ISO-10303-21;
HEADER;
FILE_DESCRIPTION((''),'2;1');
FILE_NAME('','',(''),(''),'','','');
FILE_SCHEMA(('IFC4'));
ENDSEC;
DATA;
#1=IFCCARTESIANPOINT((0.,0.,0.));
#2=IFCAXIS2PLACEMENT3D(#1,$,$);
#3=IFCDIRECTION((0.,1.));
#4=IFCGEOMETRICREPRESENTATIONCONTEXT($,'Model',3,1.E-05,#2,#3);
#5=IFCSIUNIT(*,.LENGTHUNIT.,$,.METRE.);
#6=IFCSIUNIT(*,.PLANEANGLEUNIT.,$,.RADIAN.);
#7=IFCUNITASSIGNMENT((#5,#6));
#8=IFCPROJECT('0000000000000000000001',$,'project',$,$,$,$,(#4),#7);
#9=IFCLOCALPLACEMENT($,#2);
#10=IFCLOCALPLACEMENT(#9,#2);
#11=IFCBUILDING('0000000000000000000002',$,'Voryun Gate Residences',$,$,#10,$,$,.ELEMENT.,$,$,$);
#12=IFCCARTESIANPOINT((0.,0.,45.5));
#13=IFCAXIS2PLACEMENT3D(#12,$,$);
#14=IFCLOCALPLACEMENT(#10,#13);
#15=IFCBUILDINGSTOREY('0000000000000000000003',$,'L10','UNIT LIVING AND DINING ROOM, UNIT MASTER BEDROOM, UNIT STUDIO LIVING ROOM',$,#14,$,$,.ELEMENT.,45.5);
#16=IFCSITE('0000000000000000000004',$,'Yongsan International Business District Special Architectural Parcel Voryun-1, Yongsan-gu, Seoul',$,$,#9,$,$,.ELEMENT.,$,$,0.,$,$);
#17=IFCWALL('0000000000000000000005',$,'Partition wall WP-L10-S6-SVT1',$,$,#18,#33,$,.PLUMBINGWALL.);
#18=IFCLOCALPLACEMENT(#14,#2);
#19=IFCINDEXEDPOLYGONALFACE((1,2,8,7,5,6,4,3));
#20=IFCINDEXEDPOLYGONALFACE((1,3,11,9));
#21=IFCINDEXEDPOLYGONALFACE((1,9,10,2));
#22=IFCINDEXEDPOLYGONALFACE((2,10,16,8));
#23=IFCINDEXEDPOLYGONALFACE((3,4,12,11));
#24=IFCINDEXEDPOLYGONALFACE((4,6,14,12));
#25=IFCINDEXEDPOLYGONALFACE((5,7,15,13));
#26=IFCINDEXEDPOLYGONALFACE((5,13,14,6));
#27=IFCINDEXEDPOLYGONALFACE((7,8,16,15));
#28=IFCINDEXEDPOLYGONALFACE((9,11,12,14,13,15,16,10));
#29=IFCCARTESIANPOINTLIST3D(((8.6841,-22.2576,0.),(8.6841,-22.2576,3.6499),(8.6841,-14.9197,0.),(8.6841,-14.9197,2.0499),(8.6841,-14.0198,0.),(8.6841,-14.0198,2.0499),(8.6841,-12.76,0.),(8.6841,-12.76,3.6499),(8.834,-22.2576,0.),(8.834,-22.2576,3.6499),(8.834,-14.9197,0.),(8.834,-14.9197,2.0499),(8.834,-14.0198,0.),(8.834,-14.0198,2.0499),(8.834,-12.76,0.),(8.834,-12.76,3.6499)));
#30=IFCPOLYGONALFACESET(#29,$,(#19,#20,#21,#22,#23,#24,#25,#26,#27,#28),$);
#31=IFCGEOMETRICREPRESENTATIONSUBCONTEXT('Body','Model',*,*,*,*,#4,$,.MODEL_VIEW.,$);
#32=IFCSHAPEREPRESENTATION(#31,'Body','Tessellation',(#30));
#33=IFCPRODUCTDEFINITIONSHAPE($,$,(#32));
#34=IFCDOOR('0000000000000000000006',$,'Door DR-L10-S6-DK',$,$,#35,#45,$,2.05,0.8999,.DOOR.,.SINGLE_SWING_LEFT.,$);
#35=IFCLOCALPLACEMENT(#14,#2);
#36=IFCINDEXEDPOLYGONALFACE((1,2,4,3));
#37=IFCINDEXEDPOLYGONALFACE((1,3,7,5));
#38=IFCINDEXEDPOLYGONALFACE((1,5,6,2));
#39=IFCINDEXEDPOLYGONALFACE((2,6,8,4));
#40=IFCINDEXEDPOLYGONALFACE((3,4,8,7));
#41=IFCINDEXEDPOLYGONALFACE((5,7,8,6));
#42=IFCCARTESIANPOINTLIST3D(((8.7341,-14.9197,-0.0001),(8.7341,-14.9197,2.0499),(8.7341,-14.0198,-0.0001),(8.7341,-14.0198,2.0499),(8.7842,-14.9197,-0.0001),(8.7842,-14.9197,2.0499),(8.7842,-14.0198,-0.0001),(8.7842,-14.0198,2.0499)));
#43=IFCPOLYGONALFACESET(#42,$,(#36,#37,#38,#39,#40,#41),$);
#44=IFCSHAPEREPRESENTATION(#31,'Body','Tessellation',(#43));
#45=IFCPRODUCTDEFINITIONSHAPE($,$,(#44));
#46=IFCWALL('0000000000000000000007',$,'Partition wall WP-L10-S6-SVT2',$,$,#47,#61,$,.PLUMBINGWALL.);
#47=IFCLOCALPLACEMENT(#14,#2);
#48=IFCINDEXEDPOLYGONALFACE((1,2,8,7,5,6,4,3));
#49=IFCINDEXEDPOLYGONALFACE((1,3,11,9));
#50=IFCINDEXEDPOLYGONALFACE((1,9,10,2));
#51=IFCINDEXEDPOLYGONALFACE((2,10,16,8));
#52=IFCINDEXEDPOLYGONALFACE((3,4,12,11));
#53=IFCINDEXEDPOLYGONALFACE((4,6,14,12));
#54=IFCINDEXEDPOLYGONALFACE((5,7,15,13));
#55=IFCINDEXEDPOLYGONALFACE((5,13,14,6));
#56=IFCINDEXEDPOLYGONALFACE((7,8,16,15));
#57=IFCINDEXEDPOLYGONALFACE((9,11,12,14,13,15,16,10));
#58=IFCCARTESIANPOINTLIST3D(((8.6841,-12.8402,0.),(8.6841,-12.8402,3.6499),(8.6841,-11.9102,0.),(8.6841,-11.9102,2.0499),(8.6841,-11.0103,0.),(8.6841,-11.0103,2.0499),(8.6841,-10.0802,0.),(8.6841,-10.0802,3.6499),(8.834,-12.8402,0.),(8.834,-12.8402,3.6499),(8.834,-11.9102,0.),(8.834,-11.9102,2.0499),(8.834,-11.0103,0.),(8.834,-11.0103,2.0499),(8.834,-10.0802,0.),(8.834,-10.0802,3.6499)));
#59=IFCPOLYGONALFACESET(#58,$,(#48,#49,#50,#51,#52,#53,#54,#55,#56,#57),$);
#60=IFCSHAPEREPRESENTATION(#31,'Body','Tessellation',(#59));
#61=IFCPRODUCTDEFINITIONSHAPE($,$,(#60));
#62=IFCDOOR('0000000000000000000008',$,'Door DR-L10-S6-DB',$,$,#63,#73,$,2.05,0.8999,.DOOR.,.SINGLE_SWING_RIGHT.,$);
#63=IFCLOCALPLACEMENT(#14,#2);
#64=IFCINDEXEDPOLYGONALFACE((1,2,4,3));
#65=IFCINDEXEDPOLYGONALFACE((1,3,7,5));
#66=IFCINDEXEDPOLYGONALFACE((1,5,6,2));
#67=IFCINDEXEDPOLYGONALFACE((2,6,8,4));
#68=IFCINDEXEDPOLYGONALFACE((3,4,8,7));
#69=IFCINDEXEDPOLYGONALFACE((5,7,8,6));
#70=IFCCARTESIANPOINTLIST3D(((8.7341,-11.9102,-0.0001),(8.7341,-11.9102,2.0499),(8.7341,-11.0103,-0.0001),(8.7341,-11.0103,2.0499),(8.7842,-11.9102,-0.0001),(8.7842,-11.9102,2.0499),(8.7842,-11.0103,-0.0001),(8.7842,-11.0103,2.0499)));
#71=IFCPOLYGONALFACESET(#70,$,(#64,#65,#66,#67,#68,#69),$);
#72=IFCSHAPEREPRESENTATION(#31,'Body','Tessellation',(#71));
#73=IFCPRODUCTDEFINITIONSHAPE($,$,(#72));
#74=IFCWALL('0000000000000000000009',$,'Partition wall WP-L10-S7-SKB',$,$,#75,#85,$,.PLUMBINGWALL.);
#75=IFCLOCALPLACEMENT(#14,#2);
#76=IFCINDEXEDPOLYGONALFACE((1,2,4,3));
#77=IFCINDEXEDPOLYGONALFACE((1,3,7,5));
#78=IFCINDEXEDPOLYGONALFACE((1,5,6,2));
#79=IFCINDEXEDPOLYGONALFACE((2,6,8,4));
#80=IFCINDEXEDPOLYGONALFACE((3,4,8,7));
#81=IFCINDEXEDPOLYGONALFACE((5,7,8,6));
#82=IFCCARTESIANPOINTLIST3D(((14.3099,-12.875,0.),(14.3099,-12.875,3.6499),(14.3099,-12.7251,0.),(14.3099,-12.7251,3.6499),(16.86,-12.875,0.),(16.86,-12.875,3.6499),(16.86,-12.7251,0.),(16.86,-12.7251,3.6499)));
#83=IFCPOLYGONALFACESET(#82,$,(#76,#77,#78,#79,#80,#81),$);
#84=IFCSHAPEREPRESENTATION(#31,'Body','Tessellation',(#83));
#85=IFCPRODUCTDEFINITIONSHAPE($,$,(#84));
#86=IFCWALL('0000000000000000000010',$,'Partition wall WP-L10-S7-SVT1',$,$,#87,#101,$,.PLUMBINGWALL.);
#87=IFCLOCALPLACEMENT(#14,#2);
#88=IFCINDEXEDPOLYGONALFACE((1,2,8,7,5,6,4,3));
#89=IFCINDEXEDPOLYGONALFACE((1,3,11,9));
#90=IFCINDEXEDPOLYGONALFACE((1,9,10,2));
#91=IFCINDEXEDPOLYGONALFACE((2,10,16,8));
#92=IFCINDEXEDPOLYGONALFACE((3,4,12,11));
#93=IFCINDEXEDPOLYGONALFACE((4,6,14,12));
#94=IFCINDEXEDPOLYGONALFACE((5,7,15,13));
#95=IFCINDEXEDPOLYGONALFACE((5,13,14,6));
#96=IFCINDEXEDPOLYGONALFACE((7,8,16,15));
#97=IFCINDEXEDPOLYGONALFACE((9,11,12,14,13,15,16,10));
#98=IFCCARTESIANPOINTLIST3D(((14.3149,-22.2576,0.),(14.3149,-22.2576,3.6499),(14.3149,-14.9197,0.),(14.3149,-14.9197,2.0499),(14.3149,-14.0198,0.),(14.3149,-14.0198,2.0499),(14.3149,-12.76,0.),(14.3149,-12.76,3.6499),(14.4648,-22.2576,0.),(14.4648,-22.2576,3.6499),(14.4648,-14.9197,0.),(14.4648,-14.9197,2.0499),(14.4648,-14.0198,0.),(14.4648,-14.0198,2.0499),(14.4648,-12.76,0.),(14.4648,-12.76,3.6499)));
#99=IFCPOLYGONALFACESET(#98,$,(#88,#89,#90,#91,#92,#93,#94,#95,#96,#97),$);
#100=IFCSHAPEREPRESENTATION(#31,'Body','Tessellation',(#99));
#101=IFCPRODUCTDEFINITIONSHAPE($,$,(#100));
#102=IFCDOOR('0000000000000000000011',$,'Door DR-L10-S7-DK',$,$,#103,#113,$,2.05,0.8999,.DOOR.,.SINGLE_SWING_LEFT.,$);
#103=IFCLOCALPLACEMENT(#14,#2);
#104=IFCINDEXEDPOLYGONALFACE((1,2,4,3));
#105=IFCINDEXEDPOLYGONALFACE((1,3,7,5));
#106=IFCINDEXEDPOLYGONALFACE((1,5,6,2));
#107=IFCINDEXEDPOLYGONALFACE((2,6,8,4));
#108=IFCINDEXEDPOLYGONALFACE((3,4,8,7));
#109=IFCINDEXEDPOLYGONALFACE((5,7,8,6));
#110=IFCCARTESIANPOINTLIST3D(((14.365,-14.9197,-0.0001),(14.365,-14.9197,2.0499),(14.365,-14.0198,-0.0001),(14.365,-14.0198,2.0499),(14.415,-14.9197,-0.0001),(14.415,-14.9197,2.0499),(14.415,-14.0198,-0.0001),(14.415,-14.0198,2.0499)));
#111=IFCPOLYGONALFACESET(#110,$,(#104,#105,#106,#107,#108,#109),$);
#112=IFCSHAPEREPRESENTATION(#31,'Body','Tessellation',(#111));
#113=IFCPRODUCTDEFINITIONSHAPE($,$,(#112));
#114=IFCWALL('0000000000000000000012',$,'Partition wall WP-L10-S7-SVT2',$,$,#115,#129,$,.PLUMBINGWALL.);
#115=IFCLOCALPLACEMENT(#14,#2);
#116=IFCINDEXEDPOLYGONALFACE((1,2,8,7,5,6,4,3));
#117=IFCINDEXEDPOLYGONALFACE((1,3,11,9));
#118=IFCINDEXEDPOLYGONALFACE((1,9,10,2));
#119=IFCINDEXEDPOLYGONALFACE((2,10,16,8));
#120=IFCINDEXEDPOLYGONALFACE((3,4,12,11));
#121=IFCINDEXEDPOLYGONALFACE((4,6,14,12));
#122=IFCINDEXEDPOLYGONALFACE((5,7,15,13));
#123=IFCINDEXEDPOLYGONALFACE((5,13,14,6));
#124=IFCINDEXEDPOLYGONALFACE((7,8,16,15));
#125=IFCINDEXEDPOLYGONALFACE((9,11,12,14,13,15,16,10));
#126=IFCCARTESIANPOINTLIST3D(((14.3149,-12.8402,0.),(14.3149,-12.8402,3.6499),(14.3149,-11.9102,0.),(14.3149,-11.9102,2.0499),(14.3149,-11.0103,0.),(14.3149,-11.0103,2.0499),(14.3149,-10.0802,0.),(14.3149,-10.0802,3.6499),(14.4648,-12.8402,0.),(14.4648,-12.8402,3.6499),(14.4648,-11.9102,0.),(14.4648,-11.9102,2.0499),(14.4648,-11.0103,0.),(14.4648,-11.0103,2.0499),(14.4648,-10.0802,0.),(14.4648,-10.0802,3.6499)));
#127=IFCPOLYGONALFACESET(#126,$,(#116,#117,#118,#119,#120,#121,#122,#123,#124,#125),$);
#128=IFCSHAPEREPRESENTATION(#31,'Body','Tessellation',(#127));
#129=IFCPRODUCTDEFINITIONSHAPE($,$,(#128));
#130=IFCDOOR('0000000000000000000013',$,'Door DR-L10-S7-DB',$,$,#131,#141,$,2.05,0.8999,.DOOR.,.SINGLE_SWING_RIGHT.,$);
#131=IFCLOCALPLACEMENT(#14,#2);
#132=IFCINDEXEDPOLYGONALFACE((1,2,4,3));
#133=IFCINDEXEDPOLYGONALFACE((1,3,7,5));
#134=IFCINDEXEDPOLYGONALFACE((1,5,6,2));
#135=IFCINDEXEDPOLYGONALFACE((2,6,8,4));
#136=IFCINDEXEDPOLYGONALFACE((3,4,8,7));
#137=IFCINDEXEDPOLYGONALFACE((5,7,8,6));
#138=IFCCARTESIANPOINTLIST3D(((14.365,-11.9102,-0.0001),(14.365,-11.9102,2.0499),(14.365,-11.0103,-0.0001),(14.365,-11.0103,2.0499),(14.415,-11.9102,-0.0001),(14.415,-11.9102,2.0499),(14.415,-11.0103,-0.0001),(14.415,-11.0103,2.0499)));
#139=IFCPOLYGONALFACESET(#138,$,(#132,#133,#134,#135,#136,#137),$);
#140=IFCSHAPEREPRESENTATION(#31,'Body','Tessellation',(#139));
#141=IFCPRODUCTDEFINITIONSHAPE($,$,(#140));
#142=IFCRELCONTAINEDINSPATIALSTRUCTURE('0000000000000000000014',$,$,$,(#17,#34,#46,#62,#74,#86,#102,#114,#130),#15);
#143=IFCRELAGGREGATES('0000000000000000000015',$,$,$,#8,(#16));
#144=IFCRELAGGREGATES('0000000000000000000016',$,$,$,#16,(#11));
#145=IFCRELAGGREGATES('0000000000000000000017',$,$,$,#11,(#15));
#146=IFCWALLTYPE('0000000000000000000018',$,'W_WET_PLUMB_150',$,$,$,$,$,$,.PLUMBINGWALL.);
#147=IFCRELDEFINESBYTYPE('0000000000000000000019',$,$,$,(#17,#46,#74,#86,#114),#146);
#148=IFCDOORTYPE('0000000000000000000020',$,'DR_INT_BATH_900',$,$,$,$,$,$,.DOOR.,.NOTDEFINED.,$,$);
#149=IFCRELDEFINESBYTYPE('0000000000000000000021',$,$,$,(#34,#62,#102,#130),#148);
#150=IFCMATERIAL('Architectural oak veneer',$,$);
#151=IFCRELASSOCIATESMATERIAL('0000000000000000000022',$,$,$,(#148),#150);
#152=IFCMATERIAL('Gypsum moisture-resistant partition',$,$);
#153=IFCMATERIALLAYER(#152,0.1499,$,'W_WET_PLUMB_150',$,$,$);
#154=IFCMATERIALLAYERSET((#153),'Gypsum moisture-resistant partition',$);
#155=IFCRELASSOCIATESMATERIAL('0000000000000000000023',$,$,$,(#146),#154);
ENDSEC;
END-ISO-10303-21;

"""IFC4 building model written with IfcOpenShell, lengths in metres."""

from ifc_helpers import new_model, si_unit, direction, frame, frame_2d, origin, place, context, subcontext, project, spatial, rectangle, extrude, material, layer, layer_set, type_object, element, fill, save


model = new_model("IFC4")

# Units and contexts
model_context = context("Model", 3, precision=1e-05, world=origin(), true_north=direction((0.0, 1.0)))
body_context = subcontext(model_context, "Body", "Model", "MODEL_VIEW")
ifc_project = project(units=[si_unit("LENGTHUNIT", "METRE"), si_unit("PLANEANGLEUNIT", "RADIAN")], contexts=[model_context])

# Site, building, storey
site_placement = place(None, origin())
site = spatial("IfcSite", under=ifc_project, at=site_placement, Name="Yongsan International Business District Special Architectural Parcel Voryun-1, Yongsan-gu, Seoul", CompositionType="ELEMENT", RefElevation=0.0)
building_placement = place(site_placement, origin())
building = spatial("IfcBuilding", under=site, at=building_placement, Name="Voryun Gate Residences", CompositionType="ELEMENT")
storey_placement = place(building_placement, frame((0.0, 0.0, 45.5)))
storey = spatial("IfcBuildingStorey", under=building, at=storey_placement, Name="L10", Description="UNIT LIVING AND DINING ROOM, UNIT MASTER BEDROOM, UNIT STUDIO LIVING ROOM", CompositionType="ELEMENT", Elevation=45.5)

# Shared definitions
ifc_material_1 = material(Name="Architectural oak veneer")
door_type = type_object("IfcDoorType", Name="DR_INT_BATH_900", OperationType="NOTDEFINED", PredefinedType="DOOR", material=ifc_material_1)

# Shared definitions
ifc_material_2 = material(Name="Gypsum moisture-resistant partition")
ifc_layer_1 = layer(ifc_material_2, 0.1499, Name="W_WET_PLUMB_150")
ifc_layer_set_1 = layer_set([ifc_layer_1], Name="Gypsum moisture-resistant partition")
wall_type_1 = type_object("IfcWallType", Name="W_WET_PLUMB_150", PredefinedType="PLUMBINGWALL", material=ifc_layer_set_1)

# Walls, openings, doors
wall_1_placement = place(storey_placement, frame((8.759, -22.2576, 0.0), z_axis=(0.0, 0.0, 1.0), x_axis=(0.0, 1.0, 0.0)))
wall_1 = element("IfcWall", 1, at=wall_1_placement, inside=storey, type_object=wall_type_1, Name="Partition wall WP-L10-S6-SVT1", PredefinedType="PLUMBINGWALL", context=body_context, shape_type="SweptSolid", body=[
    extrude(rectangle(XDim=9.4976, YDim=0.1499, at=frame_2d((4.7488, 0.0))), origin(), (0.0, 0.0, 1.0), 3.6499),
])
opening_1_placement = place(wall_1_placement, frame((7.3379, 0.0, 0.0)))
opening_1 = element("IfcOpeningElement", 2, at=opening_1_placement, cuts=wall_1, PredefinedType="OPENING", context=body_context, shape_type="SweptSolid", body=[
    extrude(rectangle(XDim=0.8999, YDim=2.05, at=frame_2d((0.45, 1.0249))), frame((0.0, 0.085, 0.0), z_axis=(0.0, -1.0, 0.0), x_axis=(1.0, 0.0, 0.0)), (0.0, 0.0, 1.0), 0.1699),
])
door_1_placement = place(opening_1_placement, origin())
door_1 = element("IfcDoor", 3, at=door_1_placement, inside=storey, type_object=door_type, Name="Door DR-L10-S6-DK", OperationType="SINGLE_SWING_LEFT", OverallHeight=2.05, OverallWidth=0.8999, PredefinedType="DOOR", context=body_context, shape_type="SweptSolid", body=[
    extrude(rectangle(XDim=0.8999, YDim=2.05, at=frame_2d((0.45, 1.0249))), frame((0.0, 0.0249, 0.0), z_axis=(0.0, -1.0, 0.0), x_axis=(1.0, 0.0, 0.0)), (0.0, 0.0, 1.0), 0.05),
])
fill(opening_1, door_1)
wall_2_placement = place(storey_placement, frame((8.759, -12.8401, 0.0), z_axis=(0.0, 0.0, 1.0), x_axis=(0.0, 1.0, 0.0)))
wall_2 = element("IfcWall", 4, at=wall_2_placement, inside=storey, type_object=wall_type_1, Name="Partition wall WP-L10-S6-SVT2", PredefinedType="PLUMBINGWALL", context=body_context, shape_type="SweptSolid", body=[
    extrude(rectangle(XDim=2.76, YDim=0.1499, at=frame_2d((1.3799, 0.0))), origin(), (0.0, 0.0, 1.0), 3.6499),
])
opening_2_placement = place(wall_2_placement, frame((0.9299, 0.0, 0.0)))
opening_2 = element("IfcOpeningElement", 5, at=opening_2_placement, cuts=wall_2, PredefinedType="OPENING", context=body_context, shape_type="SweptSolid", body=[
    extrude(rectangle(XDim=0.8999, YDim=2.05, at=frame_2d((0.45, 1.0249))), frame((0.0, 0.085, 0.0), z_axis=(0.0, -1.0, 0.0), x_axis=(1.0, 0.0, 0.0)), (0.0, 0.0, 1.0), 0.1699),
])
door_2_placement = place(opening_2_placement, origin())
door_2 = element("IfcDoor", 6, at=door_2_placement, inside=storey, type_object=door_type, Name="Door DR-L10-S6-DB", OperationType="SINGLE_SWING_RIGHT", OverallHeight=2.05, OverallWidth=0.8999, PredefinedType="DOOR", context=body_context, shape_type="SweptSolid", body=[
    extrude(rectangle(XDim=0.8999, YDim=2.05, at=frame_2d((0.45, 1.0249))), frame((0.0, 0.0249, 0.0), z_axis=(0.0, -1.0, 0.0), x_axis=(1.0, 0.0, 0.0)), (0.0, 0.0, 1.0), 0.05),
])
fill(opening_2, door_2)

# Wall
wall_3_placement = place(storey_placement, frame((14.3101, -12.8, 0.0), z_axis=(0.0, 0.0, 1.0), x_axis=(1.0, 0.0, 0.0)))
element("IfcWall", 7, at=wall_3_placement, inside=storey, type_object=wall_type_1, Name="Partition wall WP-L10-S7-SKB", PredefinedType="PLUMBINGWALL", context=body_context, shape_type="SweptSolid", body=[
    extrude(rectangle(XDim=2.55, YDim=0.1499, at=frame_2d((1.2749, 0.0))), origin(), (0.0, 0.0, 1.0), 3.6499),
])

# Walls, openings, doors
wall_4_placement = place(storey_placement, frame((14.3899, -22.2576, 0.0), z_axis=(0.0, 0.0, 1.0), x_axis=(0.0, 1.0, 0.0)))
wall_4 = element("IfcWall", 8, at=wall_4_placement, inside=storey, type_object=wall_type_1, Name="Partition wall WP-L10-S7-SVT1", PredefinedType="PLUMBINGWALL", context=body_context, shape_type="SweptSolid", body=[
    extrude(rectangle(XDim=9.4976, YDim=0.1499, at=frame_2d((4.7488, 0.0))), origin(), (0.0, 0.0, 1.0), 3.6499),
])
opening_3_placement = place(wall_4_placement, frame((7.3379, 0.0, 0.0)))
opening_3 = element("IfcOpeningElement", 9, at=opening_3_placement, cuts=wall_4, PredefinedType="OPENING", context=body_context, shape_type="SweptSolid", body=[
    extrude(rectangle(XDim=0.8999, YDim=2.05, at=frame_2d((0.45, 1.0249))), frame((0.0, 0.085, 0.0), z_axis=(0.0, -1.0, 0.0), x_axis=(1.0, 0.0, 0.0)), (0.0, 0.0, 1.0), 0.1699),
])
door_3_placement = place(opening_3_placement, origin())
door_3 = element("IfcDoor", 10, at=door_3_placement, inside=storey, type_object=door_type, Name="Door DR-L10-S7-DK", OperationType="SINGLE_SWING_LEFT", OverallHeight=2.05, OverallWidth=0.8999, PredefinedType="DOOR", context=body_context, shape_type="SweptSolid", body=[
    extrude(rectangle(XDim=0.8999, YDim=2.05, at=frame_2d((0.45, 1.0249))), frame((0.0, 0.0249, 0.0), z_axis=(0.0, -1.0, 0.0), x_axis=(1.0, 0.0, 0.0)), (0.0, 0.0, 1.0), 0.05),
])
fill(opening_3, door_3)
wall_5_placement = place(storey_placement, frame((14.3899, -12.8401, 0.0), z_axis=(0.0, 0.0, 1.0), x_axis=(0.0, 1.0, 0.0)))
wall_5 = element("IfcWall", 11, at=wall_5_placement, inside=storey, type_object=wall_type_1, Name="Partition wall WP-L10-S7-SVT2", PredefinedType="PLUMBINGWALL", context=body_context, shape_type="SweptSolid", body=[
    extrude(rectangle(XDim=2.76, YDim=0.1499, at=frame_2d((1.3799, 0.0))), origin(), (0.0, 0.0, 1.0), 3.6499),
])
opening_4_placement = place(wall_5_placement, frame((0.9299, 0.0, 0.0)))
opening_4 = element("IfcOpeningElement", 12, at=opening_4_placement, cuts=wall_5, PredefinedType="OPENING", context=body_context, shape_type="SweptSolid", body=[
    extrude(rectangle(XDim=0.8999, YDim=2.05, at=frame_2d((0.45, 1.0249))), frame((0.0, 0.085, 0.0), z_axis=(0.0, -1.0, 0.0), x_axis=(1.0, 0.0, 0.0)), (0.0, 0.0, 1.0), 0.1699),
])
door_4_placement = place(opening_4_placement, origin())
door_4 = element("IfcDoor", 13, at=door_4_placement, inside=storey, type_object=door_type, Name="Door DR-L10-S7-DB", OperationType="SINGLE_SWING_RIGHT", OverallHeight=2.05, OverallWidth=0.8999, PredefinedType="DOOR", context=body_context, shape_type="SweptSolid", body=[
    extrude(rectangle(XDim=0.8999, YDim=2.05, at=frame_2d((0.45, 1.0249))), frame((0.0, 0.0249, 0.0), z_axis=(0.0, -1.0, 0.0), x_axis=(1.0, 0.0, 0.0)), (0.0, 0.0, 1.0), 0.05),
])
fill(opening_4, door_4)

save(model, "model.ifc")
